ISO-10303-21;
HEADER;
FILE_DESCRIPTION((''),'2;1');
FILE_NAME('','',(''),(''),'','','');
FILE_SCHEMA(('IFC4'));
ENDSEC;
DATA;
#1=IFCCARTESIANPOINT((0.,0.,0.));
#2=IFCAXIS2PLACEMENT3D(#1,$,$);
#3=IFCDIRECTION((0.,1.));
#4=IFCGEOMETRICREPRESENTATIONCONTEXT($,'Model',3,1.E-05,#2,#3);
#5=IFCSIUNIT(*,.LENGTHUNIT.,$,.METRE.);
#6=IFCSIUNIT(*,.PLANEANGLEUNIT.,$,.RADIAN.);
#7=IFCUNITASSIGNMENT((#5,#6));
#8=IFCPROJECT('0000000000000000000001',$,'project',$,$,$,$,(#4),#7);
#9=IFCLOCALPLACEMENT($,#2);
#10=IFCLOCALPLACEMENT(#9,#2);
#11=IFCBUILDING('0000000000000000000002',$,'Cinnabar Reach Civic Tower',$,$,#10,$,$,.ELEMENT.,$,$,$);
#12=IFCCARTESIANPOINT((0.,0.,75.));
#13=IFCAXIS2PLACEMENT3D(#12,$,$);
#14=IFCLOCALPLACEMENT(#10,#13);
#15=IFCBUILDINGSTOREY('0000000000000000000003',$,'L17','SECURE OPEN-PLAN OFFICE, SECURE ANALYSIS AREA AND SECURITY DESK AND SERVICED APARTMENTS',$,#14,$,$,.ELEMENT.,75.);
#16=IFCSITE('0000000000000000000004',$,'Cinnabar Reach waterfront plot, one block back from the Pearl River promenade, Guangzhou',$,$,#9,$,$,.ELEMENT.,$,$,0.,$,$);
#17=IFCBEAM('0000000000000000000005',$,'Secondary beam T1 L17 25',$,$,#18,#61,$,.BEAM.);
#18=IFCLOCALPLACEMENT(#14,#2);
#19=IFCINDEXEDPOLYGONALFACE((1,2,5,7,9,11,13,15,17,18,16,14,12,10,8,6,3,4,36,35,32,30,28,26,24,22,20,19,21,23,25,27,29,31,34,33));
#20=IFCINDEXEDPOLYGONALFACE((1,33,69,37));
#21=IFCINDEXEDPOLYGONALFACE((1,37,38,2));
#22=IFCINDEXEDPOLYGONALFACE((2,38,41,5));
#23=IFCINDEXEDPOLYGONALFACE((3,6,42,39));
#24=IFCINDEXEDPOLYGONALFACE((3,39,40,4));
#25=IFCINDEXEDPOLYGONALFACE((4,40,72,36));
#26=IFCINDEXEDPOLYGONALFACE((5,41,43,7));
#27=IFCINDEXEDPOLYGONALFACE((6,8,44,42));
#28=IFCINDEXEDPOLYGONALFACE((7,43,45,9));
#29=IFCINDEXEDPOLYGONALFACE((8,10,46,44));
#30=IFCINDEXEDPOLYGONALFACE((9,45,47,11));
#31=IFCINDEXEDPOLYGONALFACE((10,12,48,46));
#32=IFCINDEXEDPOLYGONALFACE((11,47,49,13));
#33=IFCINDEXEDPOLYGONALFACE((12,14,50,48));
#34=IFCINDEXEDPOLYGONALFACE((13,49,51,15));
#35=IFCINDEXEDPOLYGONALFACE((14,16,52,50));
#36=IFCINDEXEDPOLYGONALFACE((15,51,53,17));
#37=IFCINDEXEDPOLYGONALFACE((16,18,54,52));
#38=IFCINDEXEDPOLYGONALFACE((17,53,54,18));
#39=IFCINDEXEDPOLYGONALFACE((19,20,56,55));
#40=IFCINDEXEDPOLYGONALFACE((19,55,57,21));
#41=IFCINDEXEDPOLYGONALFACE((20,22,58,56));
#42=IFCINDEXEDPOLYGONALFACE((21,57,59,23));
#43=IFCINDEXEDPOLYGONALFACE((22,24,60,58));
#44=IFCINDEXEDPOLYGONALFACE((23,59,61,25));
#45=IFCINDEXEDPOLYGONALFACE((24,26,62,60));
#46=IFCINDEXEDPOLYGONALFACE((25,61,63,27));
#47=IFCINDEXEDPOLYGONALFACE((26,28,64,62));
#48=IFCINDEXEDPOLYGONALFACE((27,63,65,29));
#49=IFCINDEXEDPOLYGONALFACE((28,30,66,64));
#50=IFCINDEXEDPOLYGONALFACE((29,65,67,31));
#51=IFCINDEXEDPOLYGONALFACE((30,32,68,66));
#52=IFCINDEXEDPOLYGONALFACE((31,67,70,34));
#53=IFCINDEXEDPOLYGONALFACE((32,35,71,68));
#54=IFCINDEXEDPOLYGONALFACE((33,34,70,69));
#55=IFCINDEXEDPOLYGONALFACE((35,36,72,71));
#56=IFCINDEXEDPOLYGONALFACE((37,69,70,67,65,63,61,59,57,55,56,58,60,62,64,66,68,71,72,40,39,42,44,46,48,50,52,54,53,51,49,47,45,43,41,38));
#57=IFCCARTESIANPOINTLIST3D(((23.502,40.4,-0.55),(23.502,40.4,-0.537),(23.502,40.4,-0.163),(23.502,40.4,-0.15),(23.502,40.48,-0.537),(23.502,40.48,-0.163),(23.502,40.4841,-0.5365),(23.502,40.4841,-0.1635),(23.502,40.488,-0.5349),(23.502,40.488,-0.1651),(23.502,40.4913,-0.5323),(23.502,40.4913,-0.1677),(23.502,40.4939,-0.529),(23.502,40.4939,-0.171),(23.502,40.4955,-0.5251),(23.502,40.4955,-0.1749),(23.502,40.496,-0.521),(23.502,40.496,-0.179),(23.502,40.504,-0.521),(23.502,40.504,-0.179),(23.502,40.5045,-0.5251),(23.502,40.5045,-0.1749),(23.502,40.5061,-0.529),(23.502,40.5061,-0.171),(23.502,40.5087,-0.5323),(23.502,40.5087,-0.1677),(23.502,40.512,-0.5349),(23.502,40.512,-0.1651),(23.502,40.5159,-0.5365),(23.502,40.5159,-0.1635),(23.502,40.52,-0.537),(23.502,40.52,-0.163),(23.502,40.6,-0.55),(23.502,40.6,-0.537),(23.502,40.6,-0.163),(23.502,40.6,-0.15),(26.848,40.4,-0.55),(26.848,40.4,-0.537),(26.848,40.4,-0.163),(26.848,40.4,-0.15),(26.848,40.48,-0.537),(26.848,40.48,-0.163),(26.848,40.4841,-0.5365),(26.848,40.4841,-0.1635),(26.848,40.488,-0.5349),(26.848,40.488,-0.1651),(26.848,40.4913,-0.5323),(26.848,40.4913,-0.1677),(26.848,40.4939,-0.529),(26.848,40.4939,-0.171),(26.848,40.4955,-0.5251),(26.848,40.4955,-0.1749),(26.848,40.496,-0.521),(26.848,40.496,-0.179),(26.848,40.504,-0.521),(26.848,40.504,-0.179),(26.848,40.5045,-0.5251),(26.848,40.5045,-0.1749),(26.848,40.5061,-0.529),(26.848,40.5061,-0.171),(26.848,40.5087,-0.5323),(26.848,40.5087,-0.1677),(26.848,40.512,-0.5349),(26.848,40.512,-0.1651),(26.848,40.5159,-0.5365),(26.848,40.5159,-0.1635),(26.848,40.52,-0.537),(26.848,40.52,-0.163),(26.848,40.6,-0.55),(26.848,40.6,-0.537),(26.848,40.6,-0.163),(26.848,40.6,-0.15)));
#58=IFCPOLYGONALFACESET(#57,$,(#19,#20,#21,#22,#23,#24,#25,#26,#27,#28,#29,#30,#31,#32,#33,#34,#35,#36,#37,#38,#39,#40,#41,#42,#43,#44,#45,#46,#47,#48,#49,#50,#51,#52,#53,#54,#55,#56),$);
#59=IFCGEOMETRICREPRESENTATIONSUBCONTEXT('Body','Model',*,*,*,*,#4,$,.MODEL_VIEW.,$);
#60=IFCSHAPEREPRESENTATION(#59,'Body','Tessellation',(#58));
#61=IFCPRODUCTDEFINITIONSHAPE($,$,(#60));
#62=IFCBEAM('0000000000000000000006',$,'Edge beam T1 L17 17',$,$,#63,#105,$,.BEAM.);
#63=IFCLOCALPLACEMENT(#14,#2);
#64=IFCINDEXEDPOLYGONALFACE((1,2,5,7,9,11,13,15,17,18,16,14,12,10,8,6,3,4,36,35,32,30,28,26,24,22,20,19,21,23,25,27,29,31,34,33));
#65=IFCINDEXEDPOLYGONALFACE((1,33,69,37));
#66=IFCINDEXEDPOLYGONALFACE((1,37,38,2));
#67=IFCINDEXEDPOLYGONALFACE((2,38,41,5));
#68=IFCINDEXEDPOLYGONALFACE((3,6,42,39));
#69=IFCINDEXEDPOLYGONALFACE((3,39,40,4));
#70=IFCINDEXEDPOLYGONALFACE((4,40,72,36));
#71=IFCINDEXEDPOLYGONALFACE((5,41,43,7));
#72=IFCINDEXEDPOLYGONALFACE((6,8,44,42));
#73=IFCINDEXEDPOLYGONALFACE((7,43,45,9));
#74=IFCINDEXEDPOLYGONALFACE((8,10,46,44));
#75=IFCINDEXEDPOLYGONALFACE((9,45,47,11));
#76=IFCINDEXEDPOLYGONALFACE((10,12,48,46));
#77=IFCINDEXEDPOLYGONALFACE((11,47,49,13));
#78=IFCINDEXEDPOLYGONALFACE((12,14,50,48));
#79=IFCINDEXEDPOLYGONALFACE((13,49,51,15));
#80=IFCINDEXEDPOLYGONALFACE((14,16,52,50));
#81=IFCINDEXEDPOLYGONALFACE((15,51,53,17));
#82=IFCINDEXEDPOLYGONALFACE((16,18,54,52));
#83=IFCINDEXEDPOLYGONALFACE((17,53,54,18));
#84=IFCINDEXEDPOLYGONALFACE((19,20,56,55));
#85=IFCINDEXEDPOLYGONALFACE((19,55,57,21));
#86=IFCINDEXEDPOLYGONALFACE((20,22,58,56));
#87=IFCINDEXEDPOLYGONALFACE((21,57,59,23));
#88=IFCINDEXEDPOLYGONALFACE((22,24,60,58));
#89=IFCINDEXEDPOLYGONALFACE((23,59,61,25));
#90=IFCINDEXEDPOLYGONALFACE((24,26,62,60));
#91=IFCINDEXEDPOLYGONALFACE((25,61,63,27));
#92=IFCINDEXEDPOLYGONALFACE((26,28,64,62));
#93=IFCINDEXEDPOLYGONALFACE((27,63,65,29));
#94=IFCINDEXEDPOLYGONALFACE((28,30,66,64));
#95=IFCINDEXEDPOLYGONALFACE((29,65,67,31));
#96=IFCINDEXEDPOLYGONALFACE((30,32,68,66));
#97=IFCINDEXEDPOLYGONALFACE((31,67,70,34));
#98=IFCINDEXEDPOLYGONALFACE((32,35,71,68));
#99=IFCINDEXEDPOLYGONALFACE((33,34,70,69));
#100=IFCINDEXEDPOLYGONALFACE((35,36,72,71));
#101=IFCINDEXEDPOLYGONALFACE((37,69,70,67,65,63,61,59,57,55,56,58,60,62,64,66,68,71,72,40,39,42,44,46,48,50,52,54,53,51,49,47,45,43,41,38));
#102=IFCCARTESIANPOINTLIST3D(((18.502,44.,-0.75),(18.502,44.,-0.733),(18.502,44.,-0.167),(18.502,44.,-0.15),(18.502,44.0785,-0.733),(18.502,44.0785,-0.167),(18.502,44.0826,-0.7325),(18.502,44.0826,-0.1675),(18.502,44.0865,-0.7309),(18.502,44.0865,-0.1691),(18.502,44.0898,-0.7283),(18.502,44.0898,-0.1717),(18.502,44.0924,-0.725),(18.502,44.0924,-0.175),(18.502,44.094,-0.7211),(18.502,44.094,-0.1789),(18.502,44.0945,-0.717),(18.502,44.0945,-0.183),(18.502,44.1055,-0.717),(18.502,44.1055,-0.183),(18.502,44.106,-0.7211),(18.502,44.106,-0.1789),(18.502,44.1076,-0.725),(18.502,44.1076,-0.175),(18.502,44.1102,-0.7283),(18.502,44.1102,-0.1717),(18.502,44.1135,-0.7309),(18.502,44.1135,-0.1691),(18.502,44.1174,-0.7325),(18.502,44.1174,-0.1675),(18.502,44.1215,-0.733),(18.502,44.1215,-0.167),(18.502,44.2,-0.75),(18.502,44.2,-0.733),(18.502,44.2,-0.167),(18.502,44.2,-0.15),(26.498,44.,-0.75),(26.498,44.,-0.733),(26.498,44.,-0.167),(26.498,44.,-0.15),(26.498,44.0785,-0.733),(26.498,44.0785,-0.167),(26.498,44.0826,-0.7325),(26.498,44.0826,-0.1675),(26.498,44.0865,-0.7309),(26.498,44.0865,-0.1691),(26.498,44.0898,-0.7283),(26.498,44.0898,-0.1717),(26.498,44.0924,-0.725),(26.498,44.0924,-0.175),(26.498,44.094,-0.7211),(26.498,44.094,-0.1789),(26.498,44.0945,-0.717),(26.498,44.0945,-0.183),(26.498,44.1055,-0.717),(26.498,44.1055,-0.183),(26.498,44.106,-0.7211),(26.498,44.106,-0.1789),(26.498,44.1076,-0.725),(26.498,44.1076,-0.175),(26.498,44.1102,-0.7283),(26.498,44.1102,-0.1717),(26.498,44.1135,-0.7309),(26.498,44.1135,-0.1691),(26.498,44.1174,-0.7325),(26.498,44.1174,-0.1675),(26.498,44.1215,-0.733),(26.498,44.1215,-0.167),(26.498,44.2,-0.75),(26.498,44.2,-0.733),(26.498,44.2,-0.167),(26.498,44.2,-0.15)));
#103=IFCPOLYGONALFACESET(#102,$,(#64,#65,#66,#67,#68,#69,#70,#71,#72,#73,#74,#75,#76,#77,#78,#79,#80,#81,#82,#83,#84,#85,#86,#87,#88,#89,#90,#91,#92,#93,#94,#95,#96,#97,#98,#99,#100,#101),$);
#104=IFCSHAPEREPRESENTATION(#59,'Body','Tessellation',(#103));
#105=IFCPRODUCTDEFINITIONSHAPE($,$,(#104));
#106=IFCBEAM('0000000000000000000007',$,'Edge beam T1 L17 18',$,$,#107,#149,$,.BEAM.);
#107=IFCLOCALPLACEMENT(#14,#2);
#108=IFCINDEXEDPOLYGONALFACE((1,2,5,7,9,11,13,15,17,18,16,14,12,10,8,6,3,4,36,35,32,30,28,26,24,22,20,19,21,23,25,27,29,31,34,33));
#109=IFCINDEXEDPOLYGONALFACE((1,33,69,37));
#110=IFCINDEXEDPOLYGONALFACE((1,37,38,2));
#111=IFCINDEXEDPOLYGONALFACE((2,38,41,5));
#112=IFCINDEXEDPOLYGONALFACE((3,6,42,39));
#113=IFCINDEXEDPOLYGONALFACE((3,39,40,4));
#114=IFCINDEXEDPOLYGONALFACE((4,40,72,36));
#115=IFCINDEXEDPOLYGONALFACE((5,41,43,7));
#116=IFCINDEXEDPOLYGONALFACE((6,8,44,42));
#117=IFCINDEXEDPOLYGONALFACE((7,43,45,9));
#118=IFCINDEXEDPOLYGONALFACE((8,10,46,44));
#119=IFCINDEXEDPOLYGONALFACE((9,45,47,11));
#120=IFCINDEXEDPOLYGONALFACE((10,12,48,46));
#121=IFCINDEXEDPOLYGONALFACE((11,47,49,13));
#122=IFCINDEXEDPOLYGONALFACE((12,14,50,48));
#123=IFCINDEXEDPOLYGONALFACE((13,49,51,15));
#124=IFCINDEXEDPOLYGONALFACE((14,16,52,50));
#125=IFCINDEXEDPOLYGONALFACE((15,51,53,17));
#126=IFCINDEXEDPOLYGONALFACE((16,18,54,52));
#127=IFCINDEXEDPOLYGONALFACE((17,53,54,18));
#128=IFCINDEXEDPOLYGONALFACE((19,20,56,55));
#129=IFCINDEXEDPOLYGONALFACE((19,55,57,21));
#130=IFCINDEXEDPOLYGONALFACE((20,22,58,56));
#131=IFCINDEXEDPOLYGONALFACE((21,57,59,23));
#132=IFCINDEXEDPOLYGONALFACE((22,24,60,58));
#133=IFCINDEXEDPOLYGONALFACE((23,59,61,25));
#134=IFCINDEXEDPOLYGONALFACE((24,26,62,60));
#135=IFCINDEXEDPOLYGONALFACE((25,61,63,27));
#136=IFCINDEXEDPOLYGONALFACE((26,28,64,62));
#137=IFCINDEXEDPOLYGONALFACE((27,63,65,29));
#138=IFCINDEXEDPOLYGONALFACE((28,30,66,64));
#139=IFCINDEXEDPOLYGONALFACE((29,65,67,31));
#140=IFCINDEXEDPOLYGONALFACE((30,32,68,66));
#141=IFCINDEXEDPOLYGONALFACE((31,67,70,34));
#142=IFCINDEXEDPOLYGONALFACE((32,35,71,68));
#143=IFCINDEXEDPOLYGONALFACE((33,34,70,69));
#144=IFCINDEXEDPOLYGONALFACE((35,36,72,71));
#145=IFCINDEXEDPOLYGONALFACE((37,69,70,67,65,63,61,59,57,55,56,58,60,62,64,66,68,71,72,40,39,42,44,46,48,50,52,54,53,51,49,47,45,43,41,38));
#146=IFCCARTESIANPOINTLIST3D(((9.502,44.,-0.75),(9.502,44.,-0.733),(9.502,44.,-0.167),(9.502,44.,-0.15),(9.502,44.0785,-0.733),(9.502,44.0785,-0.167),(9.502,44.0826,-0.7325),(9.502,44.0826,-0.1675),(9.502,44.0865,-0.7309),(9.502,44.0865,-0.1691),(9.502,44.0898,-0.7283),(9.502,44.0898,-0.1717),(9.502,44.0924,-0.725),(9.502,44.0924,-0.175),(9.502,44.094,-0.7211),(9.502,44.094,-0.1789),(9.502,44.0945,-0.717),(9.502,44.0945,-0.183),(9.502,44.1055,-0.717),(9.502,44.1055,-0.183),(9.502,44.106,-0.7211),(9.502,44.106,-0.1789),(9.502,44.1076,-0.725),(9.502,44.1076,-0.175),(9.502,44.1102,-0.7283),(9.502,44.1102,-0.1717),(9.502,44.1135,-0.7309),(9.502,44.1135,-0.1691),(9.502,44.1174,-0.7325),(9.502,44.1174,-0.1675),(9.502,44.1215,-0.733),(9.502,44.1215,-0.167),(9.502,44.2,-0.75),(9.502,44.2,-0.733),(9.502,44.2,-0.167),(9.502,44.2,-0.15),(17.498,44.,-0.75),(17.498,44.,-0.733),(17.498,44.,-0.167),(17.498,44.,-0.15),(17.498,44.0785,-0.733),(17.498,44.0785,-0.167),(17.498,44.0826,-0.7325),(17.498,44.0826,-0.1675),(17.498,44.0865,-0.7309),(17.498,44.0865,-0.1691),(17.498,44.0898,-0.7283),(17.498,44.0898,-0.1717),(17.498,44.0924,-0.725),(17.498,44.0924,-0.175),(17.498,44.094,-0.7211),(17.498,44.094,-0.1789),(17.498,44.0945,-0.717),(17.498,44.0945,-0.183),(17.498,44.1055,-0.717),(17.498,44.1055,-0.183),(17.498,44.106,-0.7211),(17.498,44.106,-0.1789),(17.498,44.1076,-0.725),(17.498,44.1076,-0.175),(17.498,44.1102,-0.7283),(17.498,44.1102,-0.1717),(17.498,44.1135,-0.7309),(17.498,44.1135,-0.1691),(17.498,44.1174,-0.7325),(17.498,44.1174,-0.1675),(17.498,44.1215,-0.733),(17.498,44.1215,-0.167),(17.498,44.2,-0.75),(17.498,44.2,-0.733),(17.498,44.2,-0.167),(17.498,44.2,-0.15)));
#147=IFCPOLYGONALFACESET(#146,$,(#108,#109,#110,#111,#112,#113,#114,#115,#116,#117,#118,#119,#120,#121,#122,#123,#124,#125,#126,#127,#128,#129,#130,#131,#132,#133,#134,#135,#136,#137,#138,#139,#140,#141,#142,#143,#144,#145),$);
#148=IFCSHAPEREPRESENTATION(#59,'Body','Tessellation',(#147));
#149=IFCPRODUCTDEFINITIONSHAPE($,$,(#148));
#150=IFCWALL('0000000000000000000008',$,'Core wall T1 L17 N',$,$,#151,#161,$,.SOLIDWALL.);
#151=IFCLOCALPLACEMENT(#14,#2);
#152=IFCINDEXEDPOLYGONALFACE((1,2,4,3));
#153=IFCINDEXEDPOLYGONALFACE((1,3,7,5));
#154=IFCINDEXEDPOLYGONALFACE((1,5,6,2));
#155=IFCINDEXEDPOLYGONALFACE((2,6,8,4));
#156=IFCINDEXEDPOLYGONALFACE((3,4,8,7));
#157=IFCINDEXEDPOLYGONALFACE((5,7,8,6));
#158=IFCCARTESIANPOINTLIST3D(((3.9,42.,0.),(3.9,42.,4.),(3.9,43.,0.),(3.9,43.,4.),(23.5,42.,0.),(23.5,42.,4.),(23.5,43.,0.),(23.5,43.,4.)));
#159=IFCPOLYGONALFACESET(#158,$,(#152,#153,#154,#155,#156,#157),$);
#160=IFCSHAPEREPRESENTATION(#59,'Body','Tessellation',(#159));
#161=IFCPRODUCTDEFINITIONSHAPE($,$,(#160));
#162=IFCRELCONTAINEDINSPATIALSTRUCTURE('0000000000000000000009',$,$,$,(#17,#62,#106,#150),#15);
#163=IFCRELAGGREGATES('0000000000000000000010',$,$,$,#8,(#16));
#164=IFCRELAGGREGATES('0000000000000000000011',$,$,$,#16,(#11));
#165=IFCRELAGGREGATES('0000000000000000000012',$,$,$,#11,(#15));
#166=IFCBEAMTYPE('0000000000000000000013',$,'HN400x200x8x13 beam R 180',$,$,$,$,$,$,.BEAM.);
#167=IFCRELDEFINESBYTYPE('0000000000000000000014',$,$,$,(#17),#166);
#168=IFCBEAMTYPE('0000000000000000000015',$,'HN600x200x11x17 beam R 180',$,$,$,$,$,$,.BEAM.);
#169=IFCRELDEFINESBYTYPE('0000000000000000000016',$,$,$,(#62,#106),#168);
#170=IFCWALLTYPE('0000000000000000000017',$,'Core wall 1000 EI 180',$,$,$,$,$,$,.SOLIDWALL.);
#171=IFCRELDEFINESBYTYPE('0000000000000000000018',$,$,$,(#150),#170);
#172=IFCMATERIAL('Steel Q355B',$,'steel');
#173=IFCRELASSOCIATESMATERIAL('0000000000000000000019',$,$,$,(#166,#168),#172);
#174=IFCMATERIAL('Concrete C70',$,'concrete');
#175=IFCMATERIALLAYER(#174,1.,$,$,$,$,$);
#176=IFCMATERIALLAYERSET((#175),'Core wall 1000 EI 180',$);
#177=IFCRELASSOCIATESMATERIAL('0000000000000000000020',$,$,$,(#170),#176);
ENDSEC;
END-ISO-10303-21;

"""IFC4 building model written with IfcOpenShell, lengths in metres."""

from ifc_helpers import new_model, si_unit, direction, frame, frame_2d, origin, origin_2d, place, context, subcontext, project, spatial, rectangle, i_section, extrude, material, layer, layer_set, material_profile, profile_set, type_object, element, save


model = new_model("IFC4")

# Units and contexts
model_context = context("Model", 3, precision=1e-05, world=origin(), true_north=direction((0.0, 1.0)))
body_context = subcontext(model_context, "Body", "Model", "MODEL_VIEW")
ifc_project = project(units=[si_unit("LENGTHUNIT", "METRE"), si_unit("PLANEANGLEUNIT", "RADIAN")], contexts=[model_context])

# Site, building, storey
site_placement = place(None, origin())
site = spatial("IfcSite", under=ifc_project, at=site_placement, Name="Cinnabar Reach waterfront plot, one block back from the Pearl River promenade, Guangzhou", CompositionType="ELEMENT", RefElevation=0.0)
building_placement = place(site_placement, origin())
building = spatial("IfcBuilding", under=site, at=building_placement, Name="Cinnabar Reach Civic Tower", CompositionType="ELEMENT")
storey_placement = place(building_placement, frame((0.0, 0.0, 75.0)))
storey = spatial("IfcBuildingStorey", under=building, at=storey_placement, Name="L17", Description="SECURE OPEN-PLAN OFFICE, SECURE ANALYSIS AREA AND SECURITY DESK AND SERVICED APARTMENTS", CompositionType="ELEMENT", Elevation=75.0)

# Shared definitions
ifc_material_1 = material(Name="Concrete C70", Category="concrete")

# Beams
ifc_material_2 = material(Name="Steel Q355B", Category="steel")
ifc_material_profile_1 = material_profile(ifc_material_2, i_section(OverallWidth=0.2, OverallDepth=0.4, WebThickness=0.008, FlangeThickness=0.013, FilletRadius=0.016, at=origin_2d()), Name="HN400x200x8x13")
ifc_profile_set_1 = profile_set([ifc_material_profile_1], Name="Steel Q355B")
beam_type_1 = type_object("IfcBeamType", Name="HN400x200x8x13 beam R 180", PredefinedType="BEAM", material=ifc_profile_set_1)
for number, where, z_axis, x_axis, name in (
    (1, (23.502, 40.5, -0.35), (1.0, 0.0, 0.0), (0.0, 1.0, 0.0), "Secondary beam T1 L17 25"),
):
    element("IfcBeam", number, at=place(storey_placement, frame(where, z_axis=z_axis, x_axis=x_axis)), inside=storey, type_object=beam_type_1, Name=name, PredefinedType="BEAM", context=body_context, shape_type="SweptSolid", body=[
        extrude(i_section(OverallWidth=0.2, OverallDepth=0.4, WebThickness=0.008, FlangeThickness=0.013, FilletRadius=0.016, at=origin_2d()), origin(), (0.0, 0.0, 1.0), 3.346),
    ])
ifc_material_profile_2 = material_profile(ifc_material_2, i_section(OverallWidth=0.2, OverallDepth=0.6, WebThickness=0.011, FlangeThickness=0.017, FilletRadius=0.016, at=origin_2d()), Name="HN600x200x11x17")
ifc_profile_set_2 = profile_set([ifc_material_profile_2], Name="Steel Q355B")
beam_type_2 = type_object("IfcBeamType", Name="HN600x200x11x17 beam R 180", PredefinedType="BEAM", material=ifc_profile_set_2)
for number, where, z_axis, x_axis, name in (
    (2, (26.498, 44.1, -0.45), (-1.0, 0.0, 0.0), (0.0, -1.0, 0.0), "Edge beam T1 L17 17"),
    (3, (17.498, 44.1, -0.45), (-1.0, 0.0, 0.0), (0.0, -1.0, 0.0), "Edge beam T1 L17 18"),
):
    element("IfcBeam", number, at=place(storey_placement, frame(where, z_axis=z_axis, x_axis=x_axis)), inside=storey, type_object=beam_type_2, Name=name, PredefinedType="BEAM", context=body_context, shape_type="SweptSolid", body=[
        extrude(i_section(OverallWidth=0.2, OverallDepth=0.6, WebThickness=0.011, FlangeThickness=0.017, FilletRadius=0.016, at=origin_2d()), origin(), (0.0, 0.0, 1.0), 7.996),
    ])

# Wall
ifc_layer_1 = layer(ifc_material_1, 1.0)
ifc_layer_set_1 = layer_set([ifc_layer_1], Name="Core wall 1000 EI 180")
wall_type_1 = type_object("IfcWallType", Name="Core wall 1000 EI 180", PredefinedType="SOLIDWALL", material=ifc_layer_set_1)
wall_1_placement = place(storey_placement, frame((23.5, 42.5, 0.0), z_axis=(0.0, 0.0, 1.0), x_axis=(-1.0, 0.0, 0.0)))
element("IfcWall", 4, at=wall_1_placement, inside=storey, type_object=wall_type_1, Name="Core wall T1 L17 N", PredefinedType="SOLIDWALL", context=body_context, shape_type="SweptSolid", body=[
    extrude(rectangle(XDim=19.6, YDim=1.0, at=frame_2d((9.8, 0.0))), origin(), (0.0, 0.0, 1.0), 4.0),
])

save(model, "model.ifc")
